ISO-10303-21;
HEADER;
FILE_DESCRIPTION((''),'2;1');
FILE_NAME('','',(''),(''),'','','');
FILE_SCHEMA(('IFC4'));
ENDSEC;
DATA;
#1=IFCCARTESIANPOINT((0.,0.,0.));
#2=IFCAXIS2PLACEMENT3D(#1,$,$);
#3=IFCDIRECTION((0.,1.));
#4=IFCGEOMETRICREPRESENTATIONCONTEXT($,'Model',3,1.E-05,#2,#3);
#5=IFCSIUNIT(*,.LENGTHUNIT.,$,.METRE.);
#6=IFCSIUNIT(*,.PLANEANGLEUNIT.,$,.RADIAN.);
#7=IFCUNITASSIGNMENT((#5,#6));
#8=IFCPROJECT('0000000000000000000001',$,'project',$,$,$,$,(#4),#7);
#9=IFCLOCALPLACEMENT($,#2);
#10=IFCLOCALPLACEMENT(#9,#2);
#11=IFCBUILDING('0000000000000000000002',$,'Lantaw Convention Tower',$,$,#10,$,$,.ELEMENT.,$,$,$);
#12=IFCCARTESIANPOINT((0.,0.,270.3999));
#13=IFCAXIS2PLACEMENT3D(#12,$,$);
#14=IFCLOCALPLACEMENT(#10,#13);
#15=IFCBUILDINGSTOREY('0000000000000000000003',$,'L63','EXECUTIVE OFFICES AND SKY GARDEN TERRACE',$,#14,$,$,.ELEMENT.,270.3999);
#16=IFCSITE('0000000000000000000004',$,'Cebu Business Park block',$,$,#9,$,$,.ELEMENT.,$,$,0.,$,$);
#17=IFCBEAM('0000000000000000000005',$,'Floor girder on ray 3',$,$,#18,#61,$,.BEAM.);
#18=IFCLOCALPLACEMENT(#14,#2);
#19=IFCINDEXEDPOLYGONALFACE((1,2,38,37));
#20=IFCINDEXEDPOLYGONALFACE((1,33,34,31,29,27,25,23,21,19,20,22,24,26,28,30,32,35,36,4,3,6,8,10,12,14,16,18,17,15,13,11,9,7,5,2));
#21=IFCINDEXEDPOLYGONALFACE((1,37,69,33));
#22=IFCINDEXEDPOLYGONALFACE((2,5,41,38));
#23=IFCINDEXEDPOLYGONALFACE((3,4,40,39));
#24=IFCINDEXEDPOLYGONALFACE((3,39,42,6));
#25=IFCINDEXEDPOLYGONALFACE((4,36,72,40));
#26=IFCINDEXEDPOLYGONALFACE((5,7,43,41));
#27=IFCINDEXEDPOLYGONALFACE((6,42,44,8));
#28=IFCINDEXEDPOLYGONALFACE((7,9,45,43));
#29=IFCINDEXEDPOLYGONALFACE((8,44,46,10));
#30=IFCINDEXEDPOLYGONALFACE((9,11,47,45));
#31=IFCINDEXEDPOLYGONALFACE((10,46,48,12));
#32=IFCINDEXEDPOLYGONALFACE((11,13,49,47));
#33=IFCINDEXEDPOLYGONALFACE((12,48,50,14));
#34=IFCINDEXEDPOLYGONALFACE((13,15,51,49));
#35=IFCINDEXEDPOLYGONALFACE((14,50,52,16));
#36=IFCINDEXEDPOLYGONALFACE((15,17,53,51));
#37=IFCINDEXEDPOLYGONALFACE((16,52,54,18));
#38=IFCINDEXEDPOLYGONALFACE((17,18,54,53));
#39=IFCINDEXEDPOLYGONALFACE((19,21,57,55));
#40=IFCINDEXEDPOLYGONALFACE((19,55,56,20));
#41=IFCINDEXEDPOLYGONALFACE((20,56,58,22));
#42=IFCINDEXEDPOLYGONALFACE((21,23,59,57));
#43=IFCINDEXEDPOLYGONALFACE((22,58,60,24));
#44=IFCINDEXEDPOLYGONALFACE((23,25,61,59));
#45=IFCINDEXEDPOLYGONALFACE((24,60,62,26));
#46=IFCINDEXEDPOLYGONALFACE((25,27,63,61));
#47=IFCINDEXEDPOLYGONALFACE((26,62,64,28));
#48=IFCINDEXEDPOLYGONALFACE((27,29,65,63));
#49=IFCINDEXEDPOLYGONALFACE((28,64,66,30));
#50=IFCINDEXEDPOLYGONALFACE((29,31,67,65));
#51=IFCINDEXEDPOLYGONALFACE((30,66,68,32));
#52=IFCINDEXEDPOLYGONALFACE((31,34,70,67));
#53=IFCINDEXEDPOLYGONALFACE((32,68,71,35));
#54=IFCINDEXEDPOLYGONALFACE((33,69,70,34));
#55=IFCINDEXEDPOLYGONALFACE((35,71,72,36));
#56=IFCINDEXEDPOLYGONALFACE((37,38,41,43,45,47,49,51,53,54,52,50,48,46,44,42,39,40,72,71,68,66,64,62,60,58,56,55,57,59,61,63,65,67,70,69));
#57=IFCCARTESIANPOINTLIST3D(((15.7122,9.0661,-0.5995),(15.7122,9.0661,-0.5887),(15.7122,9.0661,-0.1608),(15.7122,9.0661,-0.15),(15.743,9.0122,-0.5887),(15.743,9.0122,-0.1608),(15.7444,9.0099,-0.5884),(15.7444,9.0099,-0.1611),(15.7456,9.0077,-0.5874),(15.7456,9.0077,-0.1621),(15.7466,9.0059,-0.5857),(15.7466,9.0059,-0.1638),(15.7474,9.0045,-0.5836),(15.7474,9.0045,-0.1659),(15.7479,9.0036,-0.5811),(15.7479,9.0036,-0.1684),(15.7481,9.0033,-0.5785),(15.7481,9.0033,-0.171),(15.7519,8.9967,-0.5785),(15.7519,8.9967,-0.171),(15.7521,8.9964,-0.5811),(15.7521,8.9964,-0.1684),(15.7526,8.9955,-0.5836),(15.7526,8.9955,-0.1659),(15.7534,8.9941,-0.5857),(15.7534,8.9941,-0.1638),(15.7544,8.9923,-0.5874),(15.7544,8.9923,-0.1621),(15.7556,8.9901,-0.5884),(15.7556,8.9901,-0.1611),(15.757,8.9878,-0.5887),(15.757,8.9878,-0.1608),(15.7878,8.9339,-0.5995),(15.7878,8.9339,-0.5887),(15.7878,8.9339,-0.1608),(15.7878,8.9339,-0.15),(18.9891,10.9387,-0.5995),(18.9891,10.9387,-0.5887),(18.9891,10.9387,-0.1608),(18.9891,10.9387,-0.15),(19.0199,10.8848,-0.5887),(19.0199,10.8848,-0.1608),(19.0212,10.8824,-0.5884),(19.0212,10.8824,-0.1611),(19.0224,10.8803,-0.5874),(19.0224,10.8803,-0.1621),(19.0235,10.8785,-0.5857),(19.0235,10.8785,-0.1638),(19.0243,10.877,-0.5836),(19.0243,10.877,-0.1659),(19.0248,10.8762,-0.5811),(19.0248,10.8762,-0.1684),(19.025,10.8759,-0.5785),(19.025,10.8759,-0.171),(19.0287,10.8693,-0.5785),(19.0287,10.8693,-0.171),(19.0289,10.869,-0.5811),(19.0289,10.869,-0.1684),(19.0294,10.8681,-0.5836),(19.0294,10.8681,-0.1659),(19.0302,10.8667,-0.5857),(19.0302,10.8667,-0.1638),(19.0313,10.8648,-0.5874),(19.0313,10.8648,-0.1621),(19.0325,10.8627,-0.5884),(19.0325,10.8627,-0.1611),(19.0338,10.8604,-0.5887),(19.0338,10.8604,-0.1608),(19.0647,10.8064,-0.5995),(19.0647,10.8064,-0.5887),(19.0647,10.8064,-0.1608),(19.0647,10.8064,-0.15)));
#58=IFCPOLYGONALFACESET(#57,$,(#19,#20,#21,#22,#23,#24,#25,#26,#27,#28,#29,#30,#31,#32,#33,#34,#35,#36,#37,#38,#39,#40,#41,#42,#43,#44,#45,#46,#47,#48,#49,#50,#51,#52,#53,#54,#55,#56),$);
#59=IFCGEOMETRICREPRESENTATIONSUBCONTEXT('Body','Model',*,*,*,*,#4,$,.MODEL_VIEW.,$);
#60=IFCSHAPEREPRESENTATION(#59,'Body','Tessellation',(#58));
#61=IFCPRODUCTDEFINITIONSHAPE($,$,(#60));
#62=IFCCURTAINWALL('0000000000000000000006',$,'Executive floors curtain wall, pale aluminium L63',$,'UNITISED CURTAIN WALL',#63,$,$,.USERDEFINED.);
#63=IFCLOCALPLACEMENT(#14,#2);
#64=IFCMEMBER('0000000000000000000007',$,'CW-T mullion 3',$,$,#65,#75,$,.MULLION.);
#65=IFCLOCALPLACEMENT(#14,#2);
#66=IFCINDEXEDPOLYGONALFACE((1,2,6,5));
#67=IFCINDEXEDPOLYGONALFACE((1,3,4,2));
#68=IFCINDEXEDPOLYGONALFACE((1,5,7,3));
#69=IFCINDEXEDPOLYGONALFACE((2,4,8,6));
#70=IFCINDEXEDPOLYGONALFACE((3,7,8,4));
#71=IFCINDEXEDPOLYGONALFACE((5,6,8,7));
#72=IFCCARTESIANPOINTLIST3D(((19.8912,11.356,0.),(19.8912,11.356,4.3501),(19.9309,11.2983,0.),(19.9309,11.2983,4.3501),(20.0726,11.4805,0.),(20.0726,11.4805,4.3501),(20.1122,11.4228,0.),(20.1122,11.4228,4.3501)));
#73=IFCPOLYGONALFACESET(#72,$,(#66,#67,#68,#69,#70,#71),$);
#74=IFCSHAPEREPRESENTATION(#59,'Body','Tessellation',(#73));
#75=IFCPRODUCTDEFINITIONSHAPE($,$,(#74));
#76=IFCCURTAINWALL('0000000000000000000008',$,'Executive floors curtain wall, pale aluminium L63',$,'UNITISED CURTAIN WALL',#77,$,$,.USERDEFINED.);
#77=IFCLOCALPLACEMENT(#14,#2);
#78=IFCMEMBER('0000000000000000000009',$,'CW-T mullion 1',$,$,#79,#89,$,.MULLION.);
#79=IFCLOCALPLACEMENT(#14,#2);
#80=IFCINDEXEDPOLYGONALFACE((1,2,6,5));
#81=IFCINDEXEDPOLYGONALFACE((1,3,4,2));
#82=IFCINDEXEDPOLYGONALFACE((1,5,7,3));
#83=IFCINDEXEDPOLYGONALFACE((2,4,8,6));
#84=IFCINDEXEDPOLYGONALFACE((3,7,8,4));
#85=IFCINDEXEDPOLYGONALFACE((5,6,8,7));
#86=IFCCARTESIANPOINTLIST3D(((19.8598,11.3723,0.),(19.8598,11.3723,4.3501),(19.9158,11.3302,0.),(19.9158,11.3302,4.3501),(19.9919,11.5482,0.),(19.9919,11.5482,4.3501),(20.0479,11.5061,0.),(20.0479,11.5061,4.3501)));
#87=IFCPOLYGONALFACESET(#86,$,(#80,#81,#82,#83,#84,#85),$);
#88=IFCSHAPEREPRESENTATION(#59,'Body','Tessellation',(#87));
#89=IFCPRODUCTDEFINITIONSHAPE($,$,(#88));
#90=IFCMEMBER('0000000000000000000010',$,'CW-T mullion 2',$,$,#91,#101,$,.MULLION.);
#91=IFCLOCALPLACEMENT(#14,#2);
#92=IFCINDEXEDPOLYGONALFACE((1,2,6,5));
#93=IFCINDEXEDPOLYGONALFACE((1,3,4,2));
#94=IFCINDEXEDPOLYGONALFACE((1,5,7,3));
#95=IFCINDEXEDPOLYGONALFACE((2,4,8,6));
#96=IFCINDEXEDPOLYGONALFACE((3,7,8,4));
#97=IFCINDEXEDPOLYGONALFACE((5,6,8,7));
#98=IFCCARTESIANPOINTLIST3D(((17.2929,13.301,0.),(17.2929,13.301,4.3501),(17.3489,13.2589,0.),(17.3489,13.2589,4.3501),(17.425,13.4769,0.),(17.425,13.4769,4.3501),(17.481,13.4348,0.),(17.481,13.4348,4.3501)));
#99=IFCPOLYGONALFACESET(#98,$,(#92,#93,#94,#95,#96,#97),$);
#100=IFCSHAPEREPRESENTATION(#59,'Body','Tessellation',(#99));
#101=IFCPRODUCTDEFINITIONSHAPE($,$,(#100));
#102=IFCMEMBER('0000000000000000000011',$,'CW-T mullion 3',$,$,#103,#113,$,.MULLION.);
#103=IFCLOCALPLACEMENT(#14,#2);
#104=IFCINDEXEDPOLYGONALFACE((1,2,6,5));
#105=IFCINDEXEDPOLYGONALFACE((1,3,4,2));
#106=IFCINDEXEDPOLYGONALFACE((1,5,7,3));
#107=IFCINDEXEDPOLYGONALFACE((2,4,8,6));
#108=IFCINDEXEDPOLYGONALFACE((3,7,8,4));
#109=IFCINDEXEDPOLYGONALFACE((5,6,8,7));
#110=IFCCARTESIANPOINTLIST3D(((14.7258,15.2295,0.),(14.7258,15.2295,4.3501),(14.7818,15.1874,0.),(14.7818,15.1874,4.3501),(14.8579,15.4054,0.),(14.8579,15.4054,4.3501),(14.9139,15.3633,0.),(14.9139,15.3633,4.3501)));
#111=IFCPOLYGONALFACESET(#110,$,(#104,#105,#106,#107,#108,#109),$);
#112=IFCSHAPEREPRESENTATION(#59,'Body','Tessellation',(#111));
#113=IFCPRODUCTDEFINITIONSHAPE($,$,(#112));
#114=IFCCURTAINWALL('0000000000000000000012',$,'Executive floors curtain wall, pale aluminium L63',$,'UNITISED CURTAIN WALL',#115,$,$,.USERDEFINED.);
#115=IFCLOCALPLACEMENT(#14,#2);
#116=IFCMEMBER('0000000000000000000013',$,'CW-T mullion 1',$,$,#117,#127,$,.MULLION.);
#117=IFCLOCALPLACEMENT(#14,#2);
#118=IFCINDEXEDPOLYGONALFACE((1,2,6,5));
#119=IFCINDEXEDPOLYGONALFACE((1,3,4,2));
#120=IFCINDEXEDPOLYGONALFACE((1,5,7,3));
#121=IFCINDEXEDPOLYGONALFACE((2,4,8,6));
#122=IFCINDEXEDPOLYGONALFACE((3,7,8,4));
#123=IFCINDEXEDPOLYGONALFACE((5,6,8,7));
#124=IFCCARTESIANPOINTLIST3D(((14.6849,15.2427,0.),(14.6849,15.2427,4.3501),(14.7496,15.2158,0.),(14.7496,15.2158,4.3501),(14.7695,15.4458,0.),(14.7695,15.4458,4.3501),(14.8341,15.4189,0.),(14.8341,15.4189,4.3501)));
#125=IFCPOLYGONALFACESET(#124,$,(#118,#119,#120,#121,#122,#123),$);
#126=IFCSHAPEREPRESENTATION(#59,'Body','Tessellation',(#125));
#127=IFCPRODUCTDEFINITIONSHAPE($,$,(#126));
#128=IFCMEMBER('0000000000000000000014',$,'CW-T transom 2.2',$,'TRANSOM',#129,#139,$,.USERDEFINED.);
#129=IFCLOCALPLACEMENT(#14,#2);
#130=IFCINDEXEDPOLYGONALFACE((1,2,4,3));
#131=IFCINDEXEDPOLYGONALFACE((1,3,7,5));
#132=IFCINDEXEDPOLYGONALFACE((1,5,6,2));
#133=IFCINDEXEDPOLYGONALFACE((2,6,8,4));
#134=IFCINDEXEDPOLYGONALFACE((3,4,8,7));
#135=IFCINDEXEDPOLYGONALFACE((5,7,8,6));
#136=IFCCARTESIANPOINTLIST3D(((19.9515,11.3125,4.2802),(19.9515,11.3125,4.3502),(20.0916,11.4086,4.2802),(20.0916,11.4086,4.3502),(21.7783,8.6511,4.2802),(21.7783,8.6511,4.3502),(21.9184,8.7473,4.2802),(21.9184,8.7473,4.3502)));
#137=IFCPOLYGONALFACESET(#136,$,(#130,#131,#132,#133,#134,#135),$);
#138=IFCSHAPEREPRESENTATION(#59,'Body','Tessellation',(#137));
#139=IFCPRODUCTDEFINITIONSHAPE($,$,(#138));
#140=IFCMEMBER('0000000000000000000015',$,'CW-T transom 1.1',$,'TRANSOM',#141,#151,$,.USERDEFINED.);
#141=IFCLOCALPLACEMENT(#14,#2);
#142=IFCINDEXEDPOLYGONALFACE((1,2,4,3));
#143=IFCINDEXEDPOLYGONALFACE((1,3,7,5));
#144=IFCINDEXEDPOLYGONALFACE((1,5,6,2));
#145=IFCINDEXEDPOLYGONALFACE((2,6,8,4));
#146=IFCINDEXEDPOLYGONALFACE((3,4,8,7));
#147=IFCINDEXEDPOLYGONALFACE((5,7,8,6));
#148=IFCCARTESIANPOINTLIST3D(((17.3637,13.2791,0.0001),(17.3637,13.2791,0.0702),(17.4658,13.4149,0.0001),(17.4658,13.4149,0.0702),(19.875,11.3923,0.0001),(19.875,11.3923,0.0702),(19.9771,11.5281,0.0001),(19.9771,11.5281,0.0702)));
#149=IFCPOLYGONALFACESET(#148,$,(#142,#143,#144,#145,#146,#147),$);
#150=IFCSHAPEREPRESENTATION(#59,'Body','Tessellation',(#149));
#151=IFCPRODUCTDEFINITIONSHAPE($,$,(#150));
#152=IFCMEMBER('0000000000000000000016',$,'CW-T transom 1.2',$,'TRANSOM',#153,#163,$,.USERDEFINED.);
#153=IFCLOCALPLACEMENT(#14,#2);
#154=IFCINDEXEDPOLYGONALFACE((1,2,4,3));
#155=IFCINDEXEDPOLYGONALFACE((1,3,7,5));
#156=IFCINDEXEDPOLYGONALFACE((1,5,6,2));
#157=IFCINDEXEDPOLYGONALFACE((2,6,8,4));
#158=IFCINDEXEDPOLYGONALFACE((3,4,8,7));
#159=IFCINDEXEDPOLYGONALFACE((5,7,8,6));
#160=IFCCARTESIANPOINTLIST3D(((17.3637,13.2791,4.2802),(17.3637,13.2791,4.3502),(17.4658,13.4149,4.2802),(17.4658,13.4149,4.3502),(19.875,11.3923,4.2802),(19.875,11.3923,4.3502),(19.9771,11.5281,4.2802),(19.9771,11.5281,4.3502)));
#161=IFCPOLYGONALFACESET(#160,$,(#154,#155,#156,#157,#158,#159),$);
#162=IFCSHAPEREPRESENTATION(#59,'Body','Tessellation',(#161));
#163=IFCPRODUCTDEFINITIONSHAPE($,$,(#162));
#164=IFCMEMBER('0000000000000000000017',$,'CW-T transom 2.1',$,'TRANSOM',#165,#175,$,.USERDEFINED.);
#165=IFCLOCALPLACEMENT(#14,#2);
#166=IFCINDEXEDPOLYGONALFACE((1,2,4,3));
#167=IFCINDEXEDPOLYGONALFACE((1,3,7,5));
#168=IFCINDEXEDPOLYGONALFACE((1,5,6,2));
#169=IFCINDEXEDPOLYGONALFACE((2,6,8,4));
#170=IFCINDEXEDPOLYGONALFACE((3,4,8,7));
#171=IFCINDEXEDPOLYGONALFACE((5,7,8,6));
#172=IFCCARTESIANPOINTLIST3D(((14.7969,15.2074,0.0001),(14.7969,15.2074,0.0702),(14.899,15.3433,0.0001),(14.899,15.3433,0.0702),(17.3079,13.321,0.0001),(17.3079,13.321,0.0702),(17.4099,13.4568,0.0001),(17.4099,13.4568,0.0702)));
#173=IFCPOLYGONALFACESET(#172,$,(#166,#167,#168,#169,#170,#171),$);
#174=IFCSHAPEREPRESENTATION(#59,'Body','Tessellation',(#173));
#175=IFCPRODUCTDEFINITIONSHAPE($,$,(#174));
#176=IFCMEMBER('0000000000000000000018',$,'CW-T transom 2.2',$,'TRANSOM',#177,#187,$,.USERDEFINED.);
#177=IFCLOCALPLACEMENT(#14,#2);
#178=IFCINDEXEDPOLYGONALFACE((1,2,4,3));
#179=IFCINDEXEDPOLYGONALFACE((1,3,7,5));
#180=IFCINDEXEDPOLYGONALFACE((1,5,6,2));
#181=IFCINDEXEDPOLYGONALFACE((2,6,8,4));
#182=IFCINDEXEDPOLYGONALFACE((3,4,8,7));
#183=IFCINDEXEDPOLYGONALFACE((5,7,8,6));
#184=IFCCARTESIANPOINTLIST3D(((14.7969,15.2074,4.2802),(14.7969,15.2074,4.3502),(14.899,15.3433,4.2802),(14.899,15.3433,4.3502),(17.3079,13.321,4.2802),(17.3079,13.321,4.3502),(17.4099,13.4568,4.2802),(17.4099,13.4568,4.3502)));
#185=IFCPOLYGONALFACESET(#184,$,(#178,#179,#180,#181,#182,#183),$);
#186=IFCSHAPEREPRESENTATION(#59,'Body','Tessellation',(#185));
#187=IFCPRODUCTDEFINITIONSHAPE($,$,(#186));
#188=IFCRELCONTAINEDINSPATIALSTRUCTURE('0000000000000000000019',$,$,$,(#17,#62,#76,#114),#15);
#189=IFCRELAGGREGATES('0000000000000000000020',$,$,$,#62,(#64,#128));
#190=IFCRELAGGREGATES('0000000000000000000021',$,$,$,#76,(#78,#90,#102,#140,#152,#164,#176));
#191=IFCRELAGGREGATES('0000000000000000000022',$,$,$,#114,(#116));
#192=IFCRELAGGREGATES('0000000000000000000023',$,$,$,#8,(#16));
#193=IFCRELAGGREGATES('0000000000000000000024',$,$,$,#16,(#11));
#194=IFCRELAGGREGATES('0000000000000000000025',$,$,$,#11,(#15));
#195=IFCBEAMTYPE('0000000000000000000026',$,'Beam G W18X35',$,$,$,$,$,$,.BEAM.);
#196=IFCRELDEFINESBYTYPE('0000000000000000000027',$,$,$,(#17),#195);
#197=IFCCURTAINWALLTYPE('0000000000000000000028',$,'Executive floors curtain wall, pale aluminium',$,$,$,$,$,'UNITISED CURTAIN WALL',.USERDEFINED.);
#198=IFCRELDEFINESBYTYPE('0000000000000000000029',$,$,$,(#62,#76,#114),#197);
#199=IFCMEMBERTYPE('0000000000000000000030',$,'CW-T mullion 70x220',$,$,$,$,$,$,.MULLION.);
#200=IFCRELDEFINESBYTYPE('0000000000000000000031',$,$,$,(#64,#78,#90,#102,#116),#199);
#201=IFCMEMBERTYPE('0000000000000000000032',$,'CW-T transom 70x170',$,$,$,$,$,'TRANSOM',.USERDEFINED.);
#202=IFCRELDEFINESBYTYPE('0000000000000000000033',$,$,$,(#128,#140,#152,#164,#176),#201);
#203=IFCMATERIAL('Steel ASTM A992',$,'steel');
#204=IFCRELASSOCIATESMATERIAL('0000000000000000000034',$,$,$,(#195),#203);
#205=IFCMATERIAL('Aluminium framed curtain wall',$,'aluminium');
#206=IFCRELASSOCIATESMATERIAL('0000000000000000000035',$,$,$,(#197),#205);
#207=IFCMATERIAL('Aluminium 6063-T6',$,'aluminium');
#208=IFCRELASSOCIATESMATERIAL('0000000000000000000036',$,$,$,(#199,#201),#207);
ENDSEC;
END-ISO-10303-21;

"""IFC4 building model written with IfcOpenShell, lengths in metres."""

from ifc_helpers import new_model, si_unit, direction, frame, origin, origin_2d, place, context, subcontext, project, spatial, rectangle, i_section, extrude, material, material_profile, profile_set, type_object, element, aggregate, save


model = new_model("IFC4")

# Units and contexts
model_context = context("Model", 3, precision=1e-05, world=origin(), true_north=direction((0.0, 1.0)))
body_context = subcontext(model_context, "Body", "Model", "MODEL_VIEW")
ifc_project = project(units=[si_unit("LENGTHUNIT", "METRE"), si_unit("PLANEANGLEUNIT", "RADIAN")], contexts=[model_context])

# Site, building, storey
site_placement = place(None, origin())
site = spatial("IfcSite", under=ifc_project, at=site_placement, Name="Cebu Business Park block", CompositionType="ELEMENT", RefElevation=0.0)
building_placement = place(site_placement, origin())
building = spatial("IfcBuilding", under=site, at=building_placement, Name="Lantaw Convention Tower", CompositionType="ELEMENT")
storey_placement = place(building_placement, frame((0.0, 0.0, 270.3999)))
storey = spatial("IfcBuildingStorey", under=building, at=storey_placement, Name="L63", Description="EXECUTIVE OFFICES AND SKY GARDEN TERRACE", CompositionType="ELEMENT", Elevation=270.3999)

# Beam
ifc_material_1 = material(Name="Steel ASTM A992", Category="steel")
ifc_material_profile_1 = material_profile(ifc_material_1, i_section(OverallWidth=0.1523, OverallDepth=0.4495, WebThickness=0.0076, FlangeThickness=0.0107, FilletRadius=0.0103, at=origin_2d()), Name="W18X35")
ifc_profile_set_1 = profile_set([ifc_material_profile_1], Name="Steel ASTM A992")
beam_type_1 = type_object("IfcBeamType", Name="Beam G W18X35", PredefinedType="BEAM", material=ifc_profile_set_1)
beam_1_placement = place(storey_placement, frame((15.75, 9.0, -0.3748), z_axis=(0.868235, 0.496153, 0.0), x_axis=(-0.496153, 0.868235, 0.0)))
element("IfcBeam", 1, at=beam_1_placement, inside=storey, type_object=beam_type_1, Name="Floor girder on ray 3", PredefinedType="BEAM", context=body_context, shape_type="SweptSolid", body=[
    extrude(i_section(OverallWidth=0.1523, OverallDepth=0.4495, WebThickness=0.0076, FlangeThickness=0.0107, FilletRadius=0.0103, at=origin_2d()), origin(), (0.0, 0.0, 1.0), 3.7742),
])

# Curtain wall, member
ifc_material_2 = material(Name="Aluminium framed curtain wall", Category="aluminium")
curtain_wall_type = type_object("IfcCurtainWallType", Name="Executive floors curtain wall, pale aluminium", ElementType="UNITISED CURTAIN WALL", PredefinedType="USERDEFINED", material=ifc_material_2)
curtain_wall_1_placement = place(storey_placement, origin())
curtain_wall_1 = element("IfcCurtainWall", 2, at=curtain_wall_1_placement, inside=storey, type_object=curtain_wall_type, Name="Executive floors curtain wall, pale aluminium L63", ObjectType="UNITISED CURTAIN WALL", PredefinedType="USERDEFINED")
ifc_material_3 = material(Name="Aluminium 6063-T6", Category="aluminium")
ifc_material_profile_2 = material_profile(ifc_material_3, rectangle(XDim=0.22, YDim=0.0701, at=origin_2d()), Name="CW-T mullion 70x220")
ifc_profile_set_2 = profile_set([ifc_material_profile_2], Name="Aluminium 6063-T6")
member_type_1 = type_object("IfcMemberType", Name="CW-T mullion 70x220", PredefinedType="MULLION", material=ifc_profile_set_2)
member_1_placement = place(storey_placement, frame((20.0017, 11.3894, 0.0), z_axis=(0.0, 0.0, 1.0), x_axis=(-0.82445, -0.565935, 0.0)))
member_1 = element("IfcMember", 3, at=member_1_placement, type_object=member_type_1, Name="CW-T mullion 3", PredefinedType="MULLION", context=body_context, shape_type="SweptSolid", body=[
    extrude(rectangle(XDim=0.22, YDim=0.0701, at=origin_2d()), origin(), (0.0, 0.0, 1.0), 4.3501),
])

# Curtain wall, members
curtain_wall_2_placement = place(storey_placement, origin())
curtain_wall_2 = element("IfcCurtainWall", 4, at=curtain_wall_2_placement, inside=storey, type_object=curtain_wall_type, Name="Executive floors curtain wall, pale aluminium L63", ObjectType="UNITISED CURTAIN WALL", PredefinedType="USERDEFINED")
member_2_placement = place(storey_placement, frame((19.9539, 11.4392, 0.0), z_axis=(0.0, 0.0, 1.0), x_axis=(-0.600643, -0.799518, 0.0)))
member_2 = element("IfcMember", 5, at=member_2_placement, type_object=member_type_1, Name="CW-T mullion 1", PredefinedType="MULLION", context=body_context, shape_type="SweptSolid", body=[
    extrude(rectangle(XDim=0.22, YDim=0.0701, at=origin_2d()), origin(), (0.0, 0.0, 1.0), 4.3501),
])
member_3_placement = place(storey_placement, frame((17.387, 13.3679, 0.0), z_axis=(0.0, 0.0, 1.0), x_axis=(-0.600643, -0.799518, 0.0)))
member_3 = element("IfcMember", 6, at=member_3_placement, type_object=member_type_1, Name="CW-T mullion 2", PredefinedType="MULLION", context=body_context, shape_type="SweptSolid", body=[
    extrude(rectangle(XDim=0.22, YDim=0.0701, at=origin_2d()), origin(), (0.0, 0.0, 1.0), 4.3501),
])
member_4_placement = place(storey_placement, frame((14.8198, 15.2964, 0.0), z_axis=(0.0, 0.0, 1.0), x_axis=(-0.600643, -0.799518, 0.0)))
member_4 = element("IfcMember", 7, at=member_4_placement, type_object=member_type_1, Name="CW-T mullion 3", PredefinedType="MULLION", context=body_context, shape_type="SweptSolid", body=[
    extrude(rectangle(XDim=0.22, YDim=0.0701, at=origin_2d()), origin(), (0.0, 0.0, 1.0), 4.3501),
])

# Curtain wall, member
curtain_wall_3_placement = place(storey_placement, origin())
curtain_wall_3 = element("IfcCurtainWall", 8, at=curtain_wall_3_placement, inside=storey, type_object=curtain_wall_type, Name="Executive floors curtain wall, pale aluminium L63", ObjectType="UNITISED CURTAIN WALL", PredefinedType="USERDEFINED")
member_5_placement = place(storey_placement, frame((14.7595, 15.3308, 0.0), z_axis=(0.0, 0.0, 1.0), x_axis=(-0.38446, -0.923142, 0.0)))
member_5 = element("IfcMember", 9, at=member_5_placement, type_object=member_type_1, Name="CW-T mullion 1", PredefinedType="MULLION", context=body_context, shape_type="SweptSolid", body=[
    extrude(rectangle(XDim=0.22, YDim=0.0701, at=origin_2d()), origin(), (0.0, 0.0, 1.0), 4.3501),
])

# Members
ifc_material_profile_3 = material_profile(ifc_material_3, rectangle(XDim=0.1699, YDim=0.0701, at=origin_2d()), Name="CW-T transom 70x170")
ifc_profile_set_3 = profile_set([ifc_material_profile_3], Name="Aluminium 6063-T6")
member_type_2 = type_object("IfcMemberType", Name="CW-T transom 70x170", ElementType="TRANSOM", PredefinedType="USERDEFINED", material=ifc_profile_set_3)
member_6_placement = place(storey_placement, frame((21.8484, 8.6992, 4.3152), z_axis=(-0.565941, 0.824446, 0.0), x_axis=(-0.824446, -0.565941, 0.0)))
member_6 = element("IfcMember", 10, at=member_6_placement, type_object=member_type_2, Name="CW-T transom 2.2", ObjectType="TRANSOM", PredefinedType="USERDEFINED", context=body_context, shape_type="SweptSolid", body=[
    extrude(rectangle(XDim=0.1699, YDim=0.0701, at=origin_2d()), origin(), (0.0, 0.0, 1.0), 3.228),
])
member_7_placement = place(storey_placement, frame((19.926, 11.4602, 0.0352), z_axis=(-0.799496, 0.600671, 0.0), x_axis=(-0.600671, -0.799496, 0.0)))
member_7 = element("IfcMember", 11, at=member_7_placement, type_object=member_type_2, Name="CW-T transom 1.1", ObjectType="TRANSOM", PredefinedType="USERDEFINED", context=body_context, shape_type="SweptSolid", body=[
    extrude(rectangle(XDim=0.1699, YDim=0.0701, at=origin_2d()), origin(), (0.0, 0.0, 1.0), 3.1411),
])
member_8_placement = place(storey_placement, frame((19.926, 11.4602, 4.3152), z_axis=(-0.799496, 0.600671, 0.0), x_axis=(-0.600671, -0.799496, 0.0)))
member_8 = element("IfcMember", 12, at=member_8_placement, type_object=member_type_2, Name="CW-T transom 1.2", ObjectType="TRANSOM", PredefinedType="USERDEFINED", context=body_context, shape_type="SweptSolid", body=[
    extrude(rectangle(XDim=0.1699, YDim=0.0701, at=origin_2d()), origin(), (0.0, 0.0, 1.0), 3.1411),
])
member_9_placement = place(storey_placement, frame((17.3589, 13.3889, 0.0352), z_axis=(-0.799505, 0.600659, 0.0), x_axis=(-0.600659, -0.799505, 0.0)))
member_9 = element("IfcMember", 13, at=member_9_placement, type_object=member_type_2, Name="CW-T transom 2.1", ObjectType="TRANSOM", PredefinedType="USERDEFINED", context=body_context, shape_type="SweptSolid", body=[
    extrude(rectangle(XDim=0.1699, YDim=0.0701, at=origin_2d()), origin(), (0.0, 0.0, 1.0), 3.1406),
])
member_10_placement = place(storey_placement, frame((17.3589, 13.3889, 4.3152), z_axis=(-0.799505, 0.600659, 0.0), x_axis=(-0.600659, -0.799505, 0.0)))
member_10 = element("IfcMember", 14, at=member_10_placement, type_object=member_type_2, Name="CW-T transom 2.2", ObjectType="TRANSOM", PredefinedType="USERDEFINED", context=body_context, shape_type="SweptSolid", body=[
    extrude(rectangle(XDim=0.1699, YDim=0.0701, at=origin_2d()), origin(), (0.0, 0.0, 1.0), 3.1406),
])

aggregate(curtain_wall_1, [member_1, member_6])
aggregate(curtain_wall_2, [member_2, member_3, member_4, member_7, member_8, member_9, member_10])
aggregate(curtain_wall_3, [member_5])

save(model, "model.ifc")
